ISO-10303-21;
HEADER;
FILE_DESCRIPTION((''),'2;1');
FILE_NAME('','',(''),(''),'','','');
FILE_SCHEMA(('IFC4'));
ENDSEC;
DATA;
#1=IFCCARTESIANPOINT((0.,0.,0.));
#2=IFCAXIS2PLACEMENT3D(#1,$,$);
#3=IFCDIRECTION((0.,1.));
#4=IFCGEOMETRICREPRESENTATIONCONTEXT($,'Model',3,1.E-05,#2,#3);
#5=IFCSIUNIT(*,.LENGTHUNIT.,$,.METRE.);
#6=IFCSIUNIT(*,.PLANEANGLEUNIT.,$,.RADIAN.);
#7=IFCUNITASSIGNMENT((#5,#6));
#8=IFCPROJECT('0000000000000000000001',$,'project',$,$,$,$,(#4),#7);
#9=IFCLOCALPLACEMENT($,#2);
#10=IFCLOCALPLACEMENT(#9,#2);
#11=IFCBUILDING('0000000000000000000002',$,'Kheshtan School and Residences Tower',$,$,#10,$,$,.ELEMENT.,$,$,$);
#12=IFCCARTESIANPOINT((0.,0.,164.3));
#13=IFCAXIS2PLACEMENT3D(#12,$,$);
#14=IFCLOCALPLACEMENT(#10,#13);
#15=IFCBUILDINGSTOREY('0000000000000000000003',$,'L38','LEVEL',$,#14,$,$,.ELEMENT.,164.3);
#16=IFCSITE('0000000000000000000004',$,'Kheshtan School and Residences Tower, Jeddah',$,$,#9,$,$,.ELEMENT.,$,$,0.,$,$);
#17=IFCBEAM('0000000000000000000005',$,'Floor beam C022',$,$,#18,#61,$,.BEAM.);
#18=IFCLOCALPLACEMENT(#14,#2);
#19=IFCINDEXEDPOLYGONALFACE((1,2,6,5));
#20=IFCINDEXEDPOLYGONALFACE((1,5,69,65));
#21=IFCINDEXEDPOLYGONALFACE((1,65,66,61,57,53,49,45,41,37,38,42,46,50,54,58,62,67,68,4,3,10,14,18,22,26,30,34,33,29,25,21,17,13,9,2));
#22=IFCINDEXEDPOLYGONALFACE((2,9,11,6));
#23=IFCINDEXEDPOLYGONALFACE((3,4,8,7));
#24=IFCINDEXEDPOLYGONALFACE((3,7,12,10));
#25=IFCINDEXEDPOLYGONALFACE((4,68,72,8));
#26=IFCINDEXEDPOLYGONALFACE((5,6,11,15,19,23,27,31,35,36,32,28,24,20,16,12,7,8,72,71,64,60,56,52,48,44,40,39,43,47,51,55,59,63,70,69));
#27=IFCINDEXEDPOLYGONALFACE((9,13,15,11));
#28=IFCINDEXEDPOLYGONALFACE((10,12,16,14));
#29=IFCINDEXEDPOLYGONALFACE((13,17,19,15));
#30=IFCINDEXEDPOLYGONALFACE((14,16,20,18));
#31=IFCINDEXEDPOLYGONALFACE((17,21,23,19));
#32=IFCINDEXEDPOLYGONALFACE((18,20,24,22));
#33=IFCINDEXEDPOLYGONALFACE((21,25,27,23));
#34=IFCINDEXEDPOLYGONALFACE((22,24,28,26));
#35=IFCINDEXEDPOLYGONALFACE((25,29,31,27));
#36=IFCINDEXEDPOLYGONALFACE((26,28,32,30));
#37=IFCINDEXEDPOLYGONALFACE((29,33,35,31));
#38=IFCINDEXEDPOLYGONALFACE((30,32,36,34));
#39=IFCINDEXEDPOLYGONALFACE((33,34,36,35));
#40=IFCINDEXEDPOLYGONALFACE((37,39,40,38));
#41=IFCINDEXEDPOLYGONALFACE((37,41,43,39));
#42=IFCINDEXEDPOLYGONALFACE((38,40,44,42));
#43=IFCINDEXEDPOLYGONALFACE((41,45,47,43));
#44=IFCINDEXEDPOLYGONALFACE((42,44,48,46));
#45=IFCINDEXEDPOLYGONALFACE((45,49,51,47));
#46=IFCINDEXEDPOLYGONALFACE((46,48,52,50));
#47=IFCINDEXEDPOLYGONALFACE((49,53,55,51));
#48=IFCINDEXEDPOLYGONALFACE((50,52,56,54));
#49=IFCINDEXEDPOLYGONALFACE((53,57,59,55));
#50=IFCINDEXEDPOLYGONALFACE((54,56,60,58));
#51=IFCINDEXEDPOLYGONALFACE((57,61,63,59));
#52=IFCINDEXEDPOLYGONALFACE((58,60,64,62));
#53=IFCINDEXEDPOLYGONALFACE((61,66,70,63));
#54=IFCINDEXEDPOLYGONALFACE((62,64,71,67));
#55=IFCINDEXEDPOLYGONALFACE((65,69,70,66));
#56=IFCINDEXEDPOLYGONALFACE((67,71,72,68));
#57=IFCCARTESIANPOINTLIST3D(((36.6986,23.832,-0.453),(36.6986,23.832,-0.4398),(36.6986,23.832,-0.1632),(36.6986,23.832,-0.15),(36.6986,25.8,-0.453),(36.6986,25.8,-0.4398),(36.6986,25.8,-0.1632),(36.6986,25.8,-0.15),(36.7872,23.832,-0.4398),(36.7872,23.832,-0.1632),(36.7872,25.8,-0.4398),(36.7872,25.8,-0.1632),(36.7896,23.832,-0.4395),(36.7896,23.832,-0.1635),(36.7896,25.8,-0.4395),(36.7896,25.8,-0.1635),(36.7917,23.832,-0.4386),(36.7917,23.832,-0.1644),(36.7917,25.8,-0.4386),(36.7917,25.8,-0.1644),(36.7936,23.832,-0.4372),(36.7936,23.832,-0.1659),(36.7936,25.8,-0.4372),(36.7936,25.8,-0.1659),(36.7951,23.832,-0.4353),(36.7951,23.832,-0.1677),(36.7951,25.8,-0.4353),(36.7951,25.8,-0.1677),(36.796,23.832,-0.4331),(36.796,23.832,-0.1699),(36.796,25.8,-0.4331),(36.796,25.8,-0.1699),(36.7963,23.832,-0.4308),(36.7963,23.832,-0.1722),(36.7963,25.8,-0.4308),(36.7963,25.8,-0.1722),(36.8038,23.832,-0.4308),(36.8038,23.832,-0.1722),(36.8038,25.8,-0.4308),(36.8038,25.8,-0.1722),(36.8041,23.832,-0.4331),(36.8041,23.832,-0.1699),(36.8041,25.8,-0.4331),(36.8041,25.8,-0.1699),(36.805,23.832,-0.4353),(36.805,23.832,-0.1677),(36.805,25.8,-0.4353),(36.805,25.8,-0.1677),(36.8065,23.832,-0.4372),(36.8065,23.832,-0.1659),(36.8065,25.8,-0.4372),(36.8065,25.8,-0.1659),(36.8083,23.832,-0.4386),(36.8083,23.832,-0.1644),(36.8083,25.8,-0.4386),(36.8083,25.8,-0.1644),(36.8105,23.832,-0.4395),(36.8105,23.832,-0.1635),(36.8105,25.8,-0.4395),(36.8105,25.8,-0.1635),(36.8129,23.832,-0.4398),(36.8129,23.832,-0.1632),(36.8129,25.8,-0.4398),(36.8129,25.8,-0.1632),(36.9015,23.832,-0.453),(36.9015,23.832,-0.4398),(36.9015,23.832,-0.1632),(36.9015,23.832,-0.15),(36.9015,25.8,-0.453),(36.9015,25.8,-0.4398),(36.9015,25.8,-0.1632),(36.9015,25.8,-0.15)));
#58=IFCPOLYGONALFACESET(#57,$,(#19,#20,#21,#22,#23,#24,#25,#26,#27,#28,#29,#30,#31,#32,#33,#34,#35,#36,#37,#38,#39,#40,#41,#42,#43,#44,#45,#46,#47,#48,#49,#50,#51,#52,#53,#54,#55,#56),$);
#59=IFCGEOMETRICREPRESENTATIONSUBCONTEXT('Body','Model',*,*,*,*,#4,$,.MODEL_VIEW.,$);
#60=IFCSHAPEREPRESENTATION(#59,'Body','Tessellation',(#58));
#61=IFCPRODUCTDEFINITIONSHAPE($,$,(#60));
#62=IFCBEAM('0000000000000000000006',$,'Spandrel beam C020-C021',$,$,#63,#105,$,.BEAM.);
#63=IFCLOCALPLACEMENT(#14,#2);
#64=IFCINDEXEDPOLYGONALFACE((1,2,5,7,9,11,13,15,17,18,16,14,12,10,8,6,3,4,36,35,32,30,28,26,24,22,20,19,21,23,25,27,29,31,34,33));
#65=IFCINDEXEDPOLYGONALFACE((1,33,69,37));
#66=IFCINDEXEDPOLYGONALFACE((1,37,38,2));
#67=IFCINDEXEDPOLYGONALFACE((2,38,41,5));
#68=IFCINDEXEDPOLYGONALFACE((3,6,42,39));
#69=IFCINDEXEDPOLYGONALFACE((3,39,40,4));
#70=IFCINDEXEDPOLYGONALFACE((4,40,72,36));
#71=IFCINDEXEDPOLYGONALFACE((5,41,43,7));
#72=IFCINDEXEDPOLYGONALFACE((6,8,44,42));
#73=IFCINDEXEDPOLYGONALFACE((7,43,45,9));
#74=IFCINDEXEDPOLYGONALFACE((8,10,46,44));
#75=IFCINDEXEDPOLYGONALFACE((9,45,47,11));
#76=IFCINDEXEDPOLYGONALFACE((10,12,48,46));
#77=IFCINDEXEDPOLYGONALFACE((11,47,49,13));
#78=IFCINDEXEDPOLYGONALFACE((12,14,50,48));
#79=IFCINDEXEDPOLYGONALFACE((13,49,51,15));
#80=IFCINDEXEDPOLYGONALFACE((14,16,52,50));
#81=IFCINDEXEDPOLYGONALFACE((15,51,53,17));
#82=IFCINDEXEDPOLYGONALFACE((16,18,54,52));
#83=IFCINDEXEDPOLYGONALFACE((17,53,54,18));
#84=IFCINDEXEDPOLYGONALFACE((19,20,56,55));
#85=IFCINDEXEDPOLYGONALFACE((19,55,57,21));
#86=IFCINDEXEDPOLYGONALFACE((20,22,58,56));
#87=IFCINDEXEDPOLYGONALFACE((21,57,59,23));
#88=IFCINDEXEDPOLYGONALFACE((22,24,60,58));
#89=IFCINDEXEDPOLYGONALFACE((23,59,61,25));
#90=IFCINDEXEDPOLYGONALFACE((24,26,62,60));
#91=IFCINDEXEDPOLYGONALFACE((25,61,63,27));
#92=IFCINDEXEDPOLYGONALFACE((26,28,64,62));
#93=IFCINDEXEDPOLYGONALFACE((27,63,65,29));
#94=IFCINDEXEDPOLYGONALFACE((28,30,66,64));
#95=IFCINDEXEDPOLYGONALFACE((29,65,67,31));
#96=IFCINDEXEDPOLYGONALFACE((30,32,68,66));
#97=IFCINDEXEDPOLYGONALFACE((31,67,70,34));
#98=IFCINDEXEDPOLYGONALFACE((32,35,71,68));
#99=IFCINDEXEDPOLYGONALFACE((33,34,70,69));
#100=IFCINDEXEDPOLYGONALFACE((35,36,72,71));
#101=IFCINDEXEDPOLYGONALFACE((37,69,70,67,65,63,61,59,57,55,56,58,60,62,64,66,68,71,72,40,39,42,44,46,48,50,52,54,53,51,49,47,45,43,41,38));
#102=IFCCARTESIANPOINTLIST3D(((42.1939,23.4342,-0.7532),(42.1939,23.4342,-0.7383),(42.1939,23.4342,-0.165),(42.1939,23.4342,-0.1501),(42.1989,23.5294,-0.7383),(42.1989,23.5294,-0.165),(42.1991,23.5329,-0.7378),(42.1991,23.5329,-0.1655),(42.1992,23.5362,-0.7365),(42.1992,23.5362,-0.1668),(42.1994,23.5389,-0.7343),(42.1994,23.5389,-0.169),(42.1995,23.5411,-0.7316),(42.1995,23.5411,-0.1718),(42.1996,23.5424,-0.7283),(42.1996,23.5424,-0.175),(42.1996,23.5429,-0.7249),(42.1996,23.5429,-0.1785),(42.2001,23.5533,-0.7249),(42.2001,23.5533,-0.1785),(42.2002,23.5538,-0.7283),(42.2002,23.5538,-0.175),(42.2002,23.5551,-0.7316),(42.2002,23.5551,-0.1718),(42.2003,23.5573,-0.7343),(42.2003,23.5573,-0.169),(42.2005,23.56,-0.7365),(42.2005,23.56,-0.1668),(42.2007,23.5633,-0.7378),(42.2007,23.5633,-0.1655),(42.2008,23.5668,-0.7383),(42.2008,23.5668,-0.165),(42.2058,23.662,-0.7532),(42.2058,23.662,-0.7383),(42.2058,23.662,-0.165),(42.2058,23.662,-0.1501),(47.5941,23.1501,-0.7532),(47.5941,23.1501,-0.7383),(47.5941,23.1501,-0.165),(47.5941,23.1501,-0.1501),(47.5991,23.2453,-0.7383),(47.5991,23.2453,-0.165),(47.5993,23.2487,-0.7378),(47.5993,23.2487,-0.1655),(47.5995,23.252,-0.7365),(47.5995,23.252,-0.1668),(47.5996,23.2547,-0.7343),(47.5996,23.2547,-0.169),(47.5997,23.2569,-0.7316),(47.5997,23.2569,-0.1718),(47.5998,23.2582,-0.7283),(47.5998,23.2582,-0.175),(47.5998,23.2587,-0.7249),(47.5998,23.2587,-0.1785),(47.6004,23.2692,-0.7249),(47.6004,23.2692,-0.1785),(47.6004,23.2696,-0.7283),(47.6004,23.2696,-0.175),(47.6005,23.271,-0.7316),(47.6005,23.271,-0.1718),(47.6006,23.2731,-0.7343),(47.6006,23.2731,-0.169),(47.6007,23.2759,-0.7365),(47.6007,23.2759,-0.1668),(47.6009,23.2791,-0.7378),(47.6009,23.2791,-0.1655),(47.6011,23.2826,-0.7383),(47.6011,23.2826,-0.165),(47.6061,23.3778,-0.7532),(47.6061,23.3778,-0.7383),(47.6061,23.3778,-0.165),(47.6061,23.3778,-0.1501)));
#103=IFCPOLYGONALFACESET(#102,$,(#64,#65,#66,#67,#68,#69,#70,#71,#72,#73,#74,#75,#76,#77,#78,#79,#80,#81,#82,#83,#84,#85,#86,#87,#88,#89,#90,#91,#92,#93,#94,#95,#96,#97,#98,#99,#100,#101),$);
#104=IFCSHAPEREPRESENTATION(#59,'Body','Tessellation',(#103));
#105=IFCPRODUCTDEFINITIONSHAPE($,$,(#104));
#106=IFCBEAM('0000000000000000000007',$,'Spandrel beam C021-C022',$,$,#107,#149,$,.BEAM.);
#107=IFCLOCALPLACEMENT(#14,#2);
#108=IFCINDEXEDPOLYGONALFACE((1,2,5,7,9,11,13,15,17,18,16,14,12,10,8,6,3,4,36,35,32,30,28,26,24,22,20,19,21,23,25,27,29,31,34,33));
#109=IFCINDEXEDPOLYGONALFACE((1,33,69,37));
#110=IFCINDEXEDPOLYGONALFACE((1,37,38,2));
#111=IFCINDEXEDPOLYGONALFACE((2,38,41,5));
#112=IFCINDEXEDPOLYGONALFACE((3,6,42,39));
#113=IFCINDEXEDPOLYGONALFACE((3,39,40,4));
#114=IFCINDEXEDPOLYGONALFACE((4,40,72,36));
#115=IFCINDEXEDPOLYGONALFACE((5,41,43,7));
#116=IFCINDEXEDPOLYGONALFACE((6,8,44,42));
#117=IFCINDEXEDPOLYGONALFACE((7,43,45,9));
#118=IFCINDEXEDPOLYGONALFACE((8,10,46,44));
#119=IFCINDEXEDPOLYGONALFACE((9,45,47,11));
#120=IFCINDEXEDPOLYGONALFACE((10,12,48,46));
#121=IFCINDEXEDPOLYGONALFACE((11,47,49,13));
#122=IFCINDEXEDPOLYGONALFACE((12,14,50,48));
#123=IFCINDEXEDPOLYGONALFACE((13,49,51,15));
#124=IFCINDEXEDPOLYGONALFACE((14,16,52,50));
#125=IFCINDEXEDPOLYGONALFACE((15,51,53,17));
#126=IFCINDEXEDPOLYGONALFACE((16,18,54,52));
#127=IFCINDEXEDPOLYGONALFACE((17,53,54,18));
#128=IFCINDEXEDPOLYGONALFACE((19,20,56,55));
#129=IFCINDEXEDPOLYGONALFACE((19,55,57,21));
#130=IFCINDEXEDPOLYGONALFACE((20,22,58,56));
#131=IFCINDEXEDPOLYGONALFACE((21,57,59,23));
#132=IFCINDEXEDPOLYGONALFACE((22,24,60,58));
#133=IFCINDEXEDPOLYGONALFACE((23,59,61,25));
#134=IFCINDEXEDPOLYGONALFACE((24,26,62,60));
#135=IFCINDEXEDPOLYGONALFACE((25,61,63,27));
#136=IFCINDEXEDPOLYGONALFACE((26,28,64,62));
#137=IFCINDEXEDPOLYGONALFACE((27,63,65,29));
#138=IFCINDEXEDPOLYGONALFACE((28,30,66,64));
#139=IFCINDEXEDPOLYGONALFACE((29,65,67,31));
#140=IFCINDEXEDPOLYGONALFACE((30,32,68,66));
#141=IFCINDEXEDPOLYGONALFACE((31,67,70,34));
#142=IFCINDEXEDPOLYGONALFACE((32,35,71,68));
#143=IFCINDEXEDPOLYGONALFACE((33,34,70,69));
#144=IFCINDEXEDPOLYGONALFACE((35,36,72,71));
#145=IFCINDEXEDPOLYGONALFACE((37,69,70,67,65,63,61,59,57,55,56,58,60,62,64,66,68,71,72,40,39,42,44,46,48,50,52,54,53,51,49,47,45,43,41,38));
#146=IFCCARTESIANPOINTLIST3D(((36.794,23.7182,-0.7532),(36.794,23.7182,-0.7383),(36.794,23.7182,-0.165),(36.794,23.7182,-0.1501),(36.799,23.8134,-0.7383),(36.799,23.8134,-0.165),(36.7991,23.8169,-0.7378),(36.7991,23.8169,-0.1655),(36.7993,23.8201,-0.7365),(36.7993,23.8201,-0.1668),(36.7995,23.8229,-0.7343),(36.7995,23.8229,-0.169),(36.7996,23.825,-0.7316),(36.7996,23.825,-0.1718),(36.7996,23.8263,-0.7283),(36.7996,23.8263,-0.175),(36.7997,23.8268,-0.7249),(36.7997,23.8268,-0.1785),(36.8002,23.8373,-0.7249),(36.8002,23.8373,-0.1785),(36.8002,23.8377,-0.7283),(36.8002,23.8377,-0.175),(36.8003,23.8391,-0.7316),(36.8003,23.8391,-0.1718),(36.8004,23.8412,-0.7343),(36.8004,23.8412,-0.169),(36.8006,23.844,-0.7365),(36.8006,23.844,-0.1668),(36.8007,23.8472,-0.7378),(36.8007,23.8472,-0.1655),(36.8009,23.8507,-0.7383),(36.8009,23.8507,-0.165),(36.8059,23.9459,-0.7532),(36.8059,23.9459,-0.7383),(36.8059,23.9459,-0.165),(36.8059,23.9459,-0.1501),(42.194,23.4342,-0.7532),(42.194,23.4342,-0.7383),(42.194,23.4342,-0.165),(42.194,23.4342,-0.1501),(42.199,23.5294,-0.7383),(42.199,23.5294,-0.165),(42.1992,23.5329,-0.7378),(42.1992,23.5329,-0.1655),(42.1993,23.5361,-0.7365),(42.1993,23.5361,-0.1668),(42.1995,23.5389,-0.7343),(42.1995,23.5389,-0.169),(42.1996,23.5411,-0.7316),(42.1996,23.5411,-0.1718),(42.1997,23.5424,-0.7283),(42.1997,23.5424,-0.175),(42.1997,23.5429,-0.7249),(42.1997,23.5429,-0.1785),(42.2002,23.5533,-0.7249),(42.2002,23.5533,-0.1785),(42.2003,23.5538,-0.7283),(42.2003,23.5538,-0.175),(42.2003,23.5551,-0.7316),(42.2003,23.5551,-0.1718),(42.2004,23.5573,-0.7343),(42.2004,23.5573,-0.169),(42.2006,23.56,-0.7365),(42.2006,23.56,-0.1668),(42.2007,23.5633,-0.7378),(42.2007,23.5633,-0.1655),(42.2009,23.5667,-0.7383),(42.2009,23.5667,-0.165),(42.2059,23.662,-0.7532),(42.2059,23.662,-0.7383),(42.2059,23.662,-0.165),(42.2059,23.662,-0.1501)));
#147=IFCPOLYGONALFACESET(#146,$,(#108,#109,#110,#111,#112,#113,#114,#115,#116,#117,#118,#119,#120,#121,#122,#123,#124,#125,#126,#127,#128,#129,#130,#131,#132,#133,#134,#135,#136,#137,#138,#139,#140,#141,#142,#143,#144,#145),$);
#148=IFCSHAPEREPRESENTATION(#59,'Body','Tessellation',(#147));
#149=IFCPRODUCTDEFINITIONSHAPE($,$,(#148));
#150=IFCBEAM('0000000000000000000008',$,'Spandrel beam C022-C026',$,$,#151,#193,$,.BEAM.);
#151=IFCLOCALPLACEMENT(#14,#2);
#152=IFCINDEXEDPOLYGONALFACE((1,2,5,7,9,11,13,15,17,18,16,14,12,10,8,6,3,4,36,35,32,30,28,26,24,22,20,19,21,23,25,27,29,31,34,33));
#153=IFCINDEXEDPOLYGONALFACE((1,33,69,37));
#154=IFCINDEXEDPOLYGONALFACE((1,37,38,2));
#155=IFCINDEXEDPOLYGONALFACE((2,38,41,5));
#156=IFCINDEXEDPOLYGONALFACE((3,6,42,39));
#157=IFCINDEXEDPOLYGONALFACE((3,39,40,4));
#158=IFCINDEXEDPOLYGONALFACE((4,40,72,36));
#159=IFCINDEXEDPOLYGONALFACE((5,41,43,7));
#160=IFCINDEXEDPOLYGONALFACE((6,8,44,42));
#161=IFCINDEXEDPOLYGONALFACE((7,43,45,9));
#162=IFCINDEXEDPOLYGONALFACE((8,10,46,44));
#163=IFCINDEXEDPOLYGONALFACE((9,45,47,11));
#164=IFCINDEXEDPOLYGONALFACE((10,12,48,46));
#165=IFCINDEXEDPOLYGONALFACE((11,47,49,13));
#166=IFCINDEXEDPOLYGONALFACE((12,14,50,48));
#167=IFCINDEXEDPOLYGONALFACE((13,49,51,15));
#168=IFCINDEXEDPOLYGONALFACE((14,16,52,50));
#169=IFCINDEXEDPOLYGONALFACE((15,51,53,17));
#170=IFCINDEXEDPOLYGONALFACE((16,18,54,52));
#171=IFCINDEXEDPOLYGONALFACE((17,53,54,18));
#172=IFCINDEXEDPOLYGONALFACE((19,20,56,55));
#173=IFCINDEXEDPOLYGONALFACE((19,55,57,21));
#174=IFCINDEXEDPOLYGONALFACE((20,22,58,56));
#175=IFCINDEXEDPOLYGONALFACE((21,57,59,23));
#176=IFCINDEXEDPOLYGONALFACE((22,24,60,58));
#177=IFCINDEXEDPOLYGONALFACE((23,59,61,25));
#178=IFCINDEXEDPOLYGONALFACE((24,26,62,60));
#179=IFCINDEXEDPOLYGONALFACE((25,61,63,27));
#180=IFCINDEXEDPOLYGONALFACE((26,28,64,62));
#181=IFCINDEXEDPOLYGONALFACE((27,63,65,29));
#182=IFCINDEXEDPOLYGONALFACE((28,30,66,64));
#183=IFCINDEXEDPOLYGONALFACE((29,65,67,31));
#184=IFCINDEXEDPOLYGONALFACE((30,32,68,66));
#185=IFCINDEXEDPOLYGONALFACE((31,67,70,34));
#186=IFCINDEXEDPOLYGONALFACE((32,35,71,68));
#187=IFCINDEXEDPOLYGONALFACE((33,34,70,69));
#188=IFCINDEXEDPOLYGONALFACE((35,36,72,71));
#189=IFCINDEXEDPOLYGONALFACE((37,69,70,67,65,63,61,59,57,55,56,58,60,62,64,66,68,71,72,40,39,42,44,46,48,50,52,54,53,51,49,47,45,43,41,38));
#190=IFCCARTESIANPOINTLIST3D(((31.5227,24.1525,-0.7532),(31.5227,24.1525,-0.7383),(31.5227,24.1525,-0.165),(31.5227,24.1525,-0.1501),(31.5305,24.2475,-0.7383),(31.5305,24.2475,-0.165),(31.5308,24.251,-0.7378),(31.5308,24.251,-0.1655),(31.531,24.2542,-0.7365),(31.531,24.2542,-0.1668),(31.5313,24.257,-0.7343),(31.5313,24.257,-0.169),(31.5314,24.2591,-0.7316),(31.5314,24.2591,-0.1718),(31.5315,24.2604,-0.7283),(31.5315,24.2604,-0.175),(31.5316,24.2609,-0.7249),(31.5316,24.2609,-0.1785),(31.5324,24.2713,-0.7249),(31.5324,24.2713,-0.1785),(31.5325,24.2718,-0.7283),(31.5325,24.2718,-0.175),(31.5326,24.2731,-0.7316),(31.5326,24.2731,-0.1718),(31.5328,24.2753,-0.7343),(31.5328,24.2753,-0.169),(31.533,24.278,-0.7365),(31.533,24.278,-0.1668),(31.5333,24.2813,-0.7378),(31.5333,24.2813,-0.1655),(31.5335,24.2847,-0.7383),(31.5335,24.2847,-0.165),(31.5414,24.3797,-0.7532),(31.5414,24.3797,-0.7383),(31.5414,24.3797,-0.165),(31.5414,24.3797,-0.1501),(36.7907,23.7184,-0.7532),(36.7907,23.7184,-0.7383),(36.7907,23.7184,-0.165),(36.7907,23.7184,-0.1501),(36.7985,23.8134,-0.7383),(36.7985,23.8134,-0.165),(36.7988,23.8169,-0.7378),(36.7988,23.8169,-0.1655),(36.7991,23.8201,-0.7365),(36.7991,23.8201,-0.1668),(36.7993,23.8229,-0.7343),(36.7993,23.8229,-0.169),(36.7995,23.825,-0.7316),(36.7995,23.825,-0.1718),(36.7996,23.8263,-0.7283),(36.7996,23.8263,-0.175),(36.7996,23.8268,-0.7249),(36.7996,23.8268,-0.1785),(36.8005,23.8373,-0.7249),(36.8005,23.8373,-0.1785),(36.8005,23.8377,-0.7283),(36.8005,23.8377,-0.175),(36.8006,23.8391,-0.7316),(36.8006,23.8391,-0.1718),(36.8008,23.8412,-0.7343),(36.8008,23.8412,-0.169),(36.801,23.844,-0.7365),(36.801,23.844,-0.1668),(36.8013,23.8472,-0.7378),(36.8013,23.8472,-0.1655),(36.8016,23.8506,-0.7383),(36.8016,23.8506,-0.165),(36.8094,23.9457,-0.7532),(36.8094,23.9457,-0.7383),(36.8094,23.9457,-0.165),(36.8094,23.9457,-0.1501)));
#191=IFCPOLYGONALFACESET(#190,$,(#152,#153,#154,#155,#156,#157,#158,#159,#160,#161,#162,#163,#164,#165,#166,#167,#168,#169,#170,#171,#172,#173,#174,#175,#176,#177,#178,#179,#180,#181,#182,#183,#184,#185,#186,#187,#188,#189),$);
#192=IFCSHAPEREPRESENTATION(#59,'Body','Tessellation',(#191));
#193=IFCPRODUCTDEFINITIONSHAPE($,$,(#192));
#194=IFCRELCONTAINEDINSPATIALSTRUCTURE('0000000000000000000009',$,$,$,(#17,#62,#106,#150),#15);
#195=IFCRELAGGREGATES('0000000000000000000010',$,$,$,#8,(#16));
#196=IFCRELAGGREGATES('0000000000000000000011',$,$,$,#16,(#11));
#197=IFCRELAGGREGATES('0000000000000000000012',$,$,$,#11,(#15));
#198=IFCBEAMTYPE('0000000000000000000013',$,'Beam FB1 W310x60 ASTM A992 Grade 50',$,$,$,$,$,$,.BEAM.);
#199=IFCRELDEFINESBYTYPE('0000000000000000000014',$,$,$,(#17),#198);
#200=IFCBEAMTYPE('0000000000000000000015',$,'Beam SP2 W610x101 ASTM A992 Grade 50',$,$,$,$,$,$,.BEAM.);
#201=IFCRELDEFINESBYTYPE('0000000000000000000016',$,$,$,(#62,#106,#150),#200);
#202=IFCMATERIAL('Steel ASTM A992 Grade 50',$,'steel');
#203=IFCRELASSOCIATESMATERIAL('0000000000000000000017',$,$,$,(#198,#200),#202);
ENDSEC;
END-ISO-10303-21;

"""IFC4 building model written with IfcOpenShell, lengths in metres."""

from ifc_helpers import new_model, si_unit, direction, frame, origin, origin_2d, place, context, subcontext, project, spatial, i_section, extrude, material, material_profile, profile_set, type_object, element, save


model = new_model("IFC4")

# Units and contexts
model_context = context("Model", 3, precision=1e-05, world=origin(), true_north=direction((0.0, 1.0)))
body_context = subcontext(model_context, "Body", "Model", "MODEL_VIEW")
ifc_project = project(units=[si_unit("LENGTHUNIT", "METRE"), si_unit("PLANEANGLEUNIT", "RADIAN")], contexts=[model_context])

# Site, building, storey
site_placement = place(None, origin())
site = spatial("IfcSite", under=ifc_project, at=site_placement, Name="Kheshtan School and Residences Tower, Jeddah", CompositionType="ELEMENT", RefElevation=0.0)
building_placement = place(site_placement, origin())
building = spatial("IfcBuilding", under=site, at=building_placement, Name="Kheshtan School and Residences Tower", CompositionType="ELEMENT")
storey_placement = place(building_placement, frame((0.0, 0.0, 164.3)))
storey = spatial("IfcBuildingStorey", under=building, at=storey_placement, Name="L38", Description="LEVEL", CompositionType="ELEMENT", Elevation=164.3)

# Shared definitions
ifc_material_1 = material(Name="Steel ASTM A992 Grade 50", Category="steel")

# Beams
ifc_material_profile_1 = material_profile(ifc_material_1, i_section(OverallWidth=0.2029, OverallDepth=0.303, WebThickness=0.0076, FlangeThickness=0.0132, FilletRadius=0.009, at=origin_2d()), Name="W310x60")
ifc_profile_set_1 = profile_set([ifc_material_profile_1], Name="Steel ASTM A992 Grade 50")
beam_type_1 = type_object("IfcBeamType", Name="Beam FB1 W310x60 ASTM A992 Grade 50", PredefinedType="BEAM", material=ifc_profile_set_1)
beam_1_placement = place(storey_placement, frame((36.8, 23.832, -0.3015), z_axis=(0.0, 1.0, 0.0), x_axis=(-1.0, 0.0, 0.0)))
element("IfcBeam", 1, at=beam_1_placement, inside=storey, type_object=beam_type_1, Name="Floor beam C022", PredefinedType="BEAM", context=body_context, shape_type="SweptSolid", body=[
    extrude(i_section(OverallWidth=0.2029, OverallDepth=0.303, WebThickness=0.0076, FlangeThickness=0.0132, FilletRadius=0.009, at=origin_2d()), origin(), (0.0, 0.0, 1.0), 1.968),
])
ifc_material_profile_2 = material_profile(ifc_material_1, i_section(OverallWidth=0.228, OverallDepth=0.603, WebThickness=0.0105, FlangeThickness=0.0149, FilletRadius=0.0134, at=origin_2d()), Name="W610x101")
ifc_profile_set_2 = profile_set([ifc_material_profile_2], Name="Steel ASTM A992 Grade 50")
beam_type_2 = type_object("IfcBeamType", Name="Beam SP2 W610x101 ASTM A992 Grade 50", PredefinedType="BEAM", material=ifc_profile_set_2)
beam_2_placement = place(storey_placement, frame((47.6001, 23.2639, -0.4517), z_axis=(-0.998618, 0.052552, 0.0), x_axis=(-0.052552, -0.998618, 0.0)))
element("IfcBeam", 2, at=beam_2_placement, inside=storey, type_object=beam_type_2, Name="Spandrel beam C020-C021", PredefinedType="BEAM", context=body_context, shape_type="SweptSolid", body=[
    extrude(i_section(OverallWidth=0.228, OverallDepth=0.603, WebThickness=0.0105, FlangeThickness=0.0149, FilletRadius=0.0134, at=origin_2d()), origin(), (0.0, 0.0, 1.0), 5.4077),
])
beam_3_placement = place(storey_placement, frame((42.2, 23.5481, -0.4517), z_axis=(-0.99862, 0.052509, 0.0), x_axis=(-0.052509, -0.99862, 0.0)))
element("IfcBeam", 3, at=beam_3_placement, inside=storey, type_object=beam_type_2, Name="Spandrel beam C021-C022", PredefinedType="BEAM", context=body_context, shape_type="SweptSolid", body=[
    extrude(i_section(OverallWidth=0.228, OverallDepth=0.603, WebThickness=0.0105, FlangeThickness=0.0149, FilletRadius=0.0134, at=origin_2d()), origin(), (0.0, 0.0, 1.0), 5.4075),
])
beam_4_placement = place(storey_placement, frame((36.8, 23.832, -0.4517), z_axis=(-0.996622, 0.08212, 0.0), x_axis=(-0.08212, -0.996622, 0.0)))
element("IfcBeam", 4, at=beam_4_placement, inside=storey, type_object=beam_type_2, Name="Spandrel beam C022-C026", PredefinedType="BEAM", context=body_context, shape_type="SweptSolid", body=[
    extrude(i_section(OverallWidth=0.228, OverallDepth=0.603, WebThickness=0.0105, FlangeThickness=0.0149, FilletRadius=0.0134, at=origin_2d()), origin(), (0.0, 0.0, 1.0), 5.2859),
])

save(model, "model.ifc")
